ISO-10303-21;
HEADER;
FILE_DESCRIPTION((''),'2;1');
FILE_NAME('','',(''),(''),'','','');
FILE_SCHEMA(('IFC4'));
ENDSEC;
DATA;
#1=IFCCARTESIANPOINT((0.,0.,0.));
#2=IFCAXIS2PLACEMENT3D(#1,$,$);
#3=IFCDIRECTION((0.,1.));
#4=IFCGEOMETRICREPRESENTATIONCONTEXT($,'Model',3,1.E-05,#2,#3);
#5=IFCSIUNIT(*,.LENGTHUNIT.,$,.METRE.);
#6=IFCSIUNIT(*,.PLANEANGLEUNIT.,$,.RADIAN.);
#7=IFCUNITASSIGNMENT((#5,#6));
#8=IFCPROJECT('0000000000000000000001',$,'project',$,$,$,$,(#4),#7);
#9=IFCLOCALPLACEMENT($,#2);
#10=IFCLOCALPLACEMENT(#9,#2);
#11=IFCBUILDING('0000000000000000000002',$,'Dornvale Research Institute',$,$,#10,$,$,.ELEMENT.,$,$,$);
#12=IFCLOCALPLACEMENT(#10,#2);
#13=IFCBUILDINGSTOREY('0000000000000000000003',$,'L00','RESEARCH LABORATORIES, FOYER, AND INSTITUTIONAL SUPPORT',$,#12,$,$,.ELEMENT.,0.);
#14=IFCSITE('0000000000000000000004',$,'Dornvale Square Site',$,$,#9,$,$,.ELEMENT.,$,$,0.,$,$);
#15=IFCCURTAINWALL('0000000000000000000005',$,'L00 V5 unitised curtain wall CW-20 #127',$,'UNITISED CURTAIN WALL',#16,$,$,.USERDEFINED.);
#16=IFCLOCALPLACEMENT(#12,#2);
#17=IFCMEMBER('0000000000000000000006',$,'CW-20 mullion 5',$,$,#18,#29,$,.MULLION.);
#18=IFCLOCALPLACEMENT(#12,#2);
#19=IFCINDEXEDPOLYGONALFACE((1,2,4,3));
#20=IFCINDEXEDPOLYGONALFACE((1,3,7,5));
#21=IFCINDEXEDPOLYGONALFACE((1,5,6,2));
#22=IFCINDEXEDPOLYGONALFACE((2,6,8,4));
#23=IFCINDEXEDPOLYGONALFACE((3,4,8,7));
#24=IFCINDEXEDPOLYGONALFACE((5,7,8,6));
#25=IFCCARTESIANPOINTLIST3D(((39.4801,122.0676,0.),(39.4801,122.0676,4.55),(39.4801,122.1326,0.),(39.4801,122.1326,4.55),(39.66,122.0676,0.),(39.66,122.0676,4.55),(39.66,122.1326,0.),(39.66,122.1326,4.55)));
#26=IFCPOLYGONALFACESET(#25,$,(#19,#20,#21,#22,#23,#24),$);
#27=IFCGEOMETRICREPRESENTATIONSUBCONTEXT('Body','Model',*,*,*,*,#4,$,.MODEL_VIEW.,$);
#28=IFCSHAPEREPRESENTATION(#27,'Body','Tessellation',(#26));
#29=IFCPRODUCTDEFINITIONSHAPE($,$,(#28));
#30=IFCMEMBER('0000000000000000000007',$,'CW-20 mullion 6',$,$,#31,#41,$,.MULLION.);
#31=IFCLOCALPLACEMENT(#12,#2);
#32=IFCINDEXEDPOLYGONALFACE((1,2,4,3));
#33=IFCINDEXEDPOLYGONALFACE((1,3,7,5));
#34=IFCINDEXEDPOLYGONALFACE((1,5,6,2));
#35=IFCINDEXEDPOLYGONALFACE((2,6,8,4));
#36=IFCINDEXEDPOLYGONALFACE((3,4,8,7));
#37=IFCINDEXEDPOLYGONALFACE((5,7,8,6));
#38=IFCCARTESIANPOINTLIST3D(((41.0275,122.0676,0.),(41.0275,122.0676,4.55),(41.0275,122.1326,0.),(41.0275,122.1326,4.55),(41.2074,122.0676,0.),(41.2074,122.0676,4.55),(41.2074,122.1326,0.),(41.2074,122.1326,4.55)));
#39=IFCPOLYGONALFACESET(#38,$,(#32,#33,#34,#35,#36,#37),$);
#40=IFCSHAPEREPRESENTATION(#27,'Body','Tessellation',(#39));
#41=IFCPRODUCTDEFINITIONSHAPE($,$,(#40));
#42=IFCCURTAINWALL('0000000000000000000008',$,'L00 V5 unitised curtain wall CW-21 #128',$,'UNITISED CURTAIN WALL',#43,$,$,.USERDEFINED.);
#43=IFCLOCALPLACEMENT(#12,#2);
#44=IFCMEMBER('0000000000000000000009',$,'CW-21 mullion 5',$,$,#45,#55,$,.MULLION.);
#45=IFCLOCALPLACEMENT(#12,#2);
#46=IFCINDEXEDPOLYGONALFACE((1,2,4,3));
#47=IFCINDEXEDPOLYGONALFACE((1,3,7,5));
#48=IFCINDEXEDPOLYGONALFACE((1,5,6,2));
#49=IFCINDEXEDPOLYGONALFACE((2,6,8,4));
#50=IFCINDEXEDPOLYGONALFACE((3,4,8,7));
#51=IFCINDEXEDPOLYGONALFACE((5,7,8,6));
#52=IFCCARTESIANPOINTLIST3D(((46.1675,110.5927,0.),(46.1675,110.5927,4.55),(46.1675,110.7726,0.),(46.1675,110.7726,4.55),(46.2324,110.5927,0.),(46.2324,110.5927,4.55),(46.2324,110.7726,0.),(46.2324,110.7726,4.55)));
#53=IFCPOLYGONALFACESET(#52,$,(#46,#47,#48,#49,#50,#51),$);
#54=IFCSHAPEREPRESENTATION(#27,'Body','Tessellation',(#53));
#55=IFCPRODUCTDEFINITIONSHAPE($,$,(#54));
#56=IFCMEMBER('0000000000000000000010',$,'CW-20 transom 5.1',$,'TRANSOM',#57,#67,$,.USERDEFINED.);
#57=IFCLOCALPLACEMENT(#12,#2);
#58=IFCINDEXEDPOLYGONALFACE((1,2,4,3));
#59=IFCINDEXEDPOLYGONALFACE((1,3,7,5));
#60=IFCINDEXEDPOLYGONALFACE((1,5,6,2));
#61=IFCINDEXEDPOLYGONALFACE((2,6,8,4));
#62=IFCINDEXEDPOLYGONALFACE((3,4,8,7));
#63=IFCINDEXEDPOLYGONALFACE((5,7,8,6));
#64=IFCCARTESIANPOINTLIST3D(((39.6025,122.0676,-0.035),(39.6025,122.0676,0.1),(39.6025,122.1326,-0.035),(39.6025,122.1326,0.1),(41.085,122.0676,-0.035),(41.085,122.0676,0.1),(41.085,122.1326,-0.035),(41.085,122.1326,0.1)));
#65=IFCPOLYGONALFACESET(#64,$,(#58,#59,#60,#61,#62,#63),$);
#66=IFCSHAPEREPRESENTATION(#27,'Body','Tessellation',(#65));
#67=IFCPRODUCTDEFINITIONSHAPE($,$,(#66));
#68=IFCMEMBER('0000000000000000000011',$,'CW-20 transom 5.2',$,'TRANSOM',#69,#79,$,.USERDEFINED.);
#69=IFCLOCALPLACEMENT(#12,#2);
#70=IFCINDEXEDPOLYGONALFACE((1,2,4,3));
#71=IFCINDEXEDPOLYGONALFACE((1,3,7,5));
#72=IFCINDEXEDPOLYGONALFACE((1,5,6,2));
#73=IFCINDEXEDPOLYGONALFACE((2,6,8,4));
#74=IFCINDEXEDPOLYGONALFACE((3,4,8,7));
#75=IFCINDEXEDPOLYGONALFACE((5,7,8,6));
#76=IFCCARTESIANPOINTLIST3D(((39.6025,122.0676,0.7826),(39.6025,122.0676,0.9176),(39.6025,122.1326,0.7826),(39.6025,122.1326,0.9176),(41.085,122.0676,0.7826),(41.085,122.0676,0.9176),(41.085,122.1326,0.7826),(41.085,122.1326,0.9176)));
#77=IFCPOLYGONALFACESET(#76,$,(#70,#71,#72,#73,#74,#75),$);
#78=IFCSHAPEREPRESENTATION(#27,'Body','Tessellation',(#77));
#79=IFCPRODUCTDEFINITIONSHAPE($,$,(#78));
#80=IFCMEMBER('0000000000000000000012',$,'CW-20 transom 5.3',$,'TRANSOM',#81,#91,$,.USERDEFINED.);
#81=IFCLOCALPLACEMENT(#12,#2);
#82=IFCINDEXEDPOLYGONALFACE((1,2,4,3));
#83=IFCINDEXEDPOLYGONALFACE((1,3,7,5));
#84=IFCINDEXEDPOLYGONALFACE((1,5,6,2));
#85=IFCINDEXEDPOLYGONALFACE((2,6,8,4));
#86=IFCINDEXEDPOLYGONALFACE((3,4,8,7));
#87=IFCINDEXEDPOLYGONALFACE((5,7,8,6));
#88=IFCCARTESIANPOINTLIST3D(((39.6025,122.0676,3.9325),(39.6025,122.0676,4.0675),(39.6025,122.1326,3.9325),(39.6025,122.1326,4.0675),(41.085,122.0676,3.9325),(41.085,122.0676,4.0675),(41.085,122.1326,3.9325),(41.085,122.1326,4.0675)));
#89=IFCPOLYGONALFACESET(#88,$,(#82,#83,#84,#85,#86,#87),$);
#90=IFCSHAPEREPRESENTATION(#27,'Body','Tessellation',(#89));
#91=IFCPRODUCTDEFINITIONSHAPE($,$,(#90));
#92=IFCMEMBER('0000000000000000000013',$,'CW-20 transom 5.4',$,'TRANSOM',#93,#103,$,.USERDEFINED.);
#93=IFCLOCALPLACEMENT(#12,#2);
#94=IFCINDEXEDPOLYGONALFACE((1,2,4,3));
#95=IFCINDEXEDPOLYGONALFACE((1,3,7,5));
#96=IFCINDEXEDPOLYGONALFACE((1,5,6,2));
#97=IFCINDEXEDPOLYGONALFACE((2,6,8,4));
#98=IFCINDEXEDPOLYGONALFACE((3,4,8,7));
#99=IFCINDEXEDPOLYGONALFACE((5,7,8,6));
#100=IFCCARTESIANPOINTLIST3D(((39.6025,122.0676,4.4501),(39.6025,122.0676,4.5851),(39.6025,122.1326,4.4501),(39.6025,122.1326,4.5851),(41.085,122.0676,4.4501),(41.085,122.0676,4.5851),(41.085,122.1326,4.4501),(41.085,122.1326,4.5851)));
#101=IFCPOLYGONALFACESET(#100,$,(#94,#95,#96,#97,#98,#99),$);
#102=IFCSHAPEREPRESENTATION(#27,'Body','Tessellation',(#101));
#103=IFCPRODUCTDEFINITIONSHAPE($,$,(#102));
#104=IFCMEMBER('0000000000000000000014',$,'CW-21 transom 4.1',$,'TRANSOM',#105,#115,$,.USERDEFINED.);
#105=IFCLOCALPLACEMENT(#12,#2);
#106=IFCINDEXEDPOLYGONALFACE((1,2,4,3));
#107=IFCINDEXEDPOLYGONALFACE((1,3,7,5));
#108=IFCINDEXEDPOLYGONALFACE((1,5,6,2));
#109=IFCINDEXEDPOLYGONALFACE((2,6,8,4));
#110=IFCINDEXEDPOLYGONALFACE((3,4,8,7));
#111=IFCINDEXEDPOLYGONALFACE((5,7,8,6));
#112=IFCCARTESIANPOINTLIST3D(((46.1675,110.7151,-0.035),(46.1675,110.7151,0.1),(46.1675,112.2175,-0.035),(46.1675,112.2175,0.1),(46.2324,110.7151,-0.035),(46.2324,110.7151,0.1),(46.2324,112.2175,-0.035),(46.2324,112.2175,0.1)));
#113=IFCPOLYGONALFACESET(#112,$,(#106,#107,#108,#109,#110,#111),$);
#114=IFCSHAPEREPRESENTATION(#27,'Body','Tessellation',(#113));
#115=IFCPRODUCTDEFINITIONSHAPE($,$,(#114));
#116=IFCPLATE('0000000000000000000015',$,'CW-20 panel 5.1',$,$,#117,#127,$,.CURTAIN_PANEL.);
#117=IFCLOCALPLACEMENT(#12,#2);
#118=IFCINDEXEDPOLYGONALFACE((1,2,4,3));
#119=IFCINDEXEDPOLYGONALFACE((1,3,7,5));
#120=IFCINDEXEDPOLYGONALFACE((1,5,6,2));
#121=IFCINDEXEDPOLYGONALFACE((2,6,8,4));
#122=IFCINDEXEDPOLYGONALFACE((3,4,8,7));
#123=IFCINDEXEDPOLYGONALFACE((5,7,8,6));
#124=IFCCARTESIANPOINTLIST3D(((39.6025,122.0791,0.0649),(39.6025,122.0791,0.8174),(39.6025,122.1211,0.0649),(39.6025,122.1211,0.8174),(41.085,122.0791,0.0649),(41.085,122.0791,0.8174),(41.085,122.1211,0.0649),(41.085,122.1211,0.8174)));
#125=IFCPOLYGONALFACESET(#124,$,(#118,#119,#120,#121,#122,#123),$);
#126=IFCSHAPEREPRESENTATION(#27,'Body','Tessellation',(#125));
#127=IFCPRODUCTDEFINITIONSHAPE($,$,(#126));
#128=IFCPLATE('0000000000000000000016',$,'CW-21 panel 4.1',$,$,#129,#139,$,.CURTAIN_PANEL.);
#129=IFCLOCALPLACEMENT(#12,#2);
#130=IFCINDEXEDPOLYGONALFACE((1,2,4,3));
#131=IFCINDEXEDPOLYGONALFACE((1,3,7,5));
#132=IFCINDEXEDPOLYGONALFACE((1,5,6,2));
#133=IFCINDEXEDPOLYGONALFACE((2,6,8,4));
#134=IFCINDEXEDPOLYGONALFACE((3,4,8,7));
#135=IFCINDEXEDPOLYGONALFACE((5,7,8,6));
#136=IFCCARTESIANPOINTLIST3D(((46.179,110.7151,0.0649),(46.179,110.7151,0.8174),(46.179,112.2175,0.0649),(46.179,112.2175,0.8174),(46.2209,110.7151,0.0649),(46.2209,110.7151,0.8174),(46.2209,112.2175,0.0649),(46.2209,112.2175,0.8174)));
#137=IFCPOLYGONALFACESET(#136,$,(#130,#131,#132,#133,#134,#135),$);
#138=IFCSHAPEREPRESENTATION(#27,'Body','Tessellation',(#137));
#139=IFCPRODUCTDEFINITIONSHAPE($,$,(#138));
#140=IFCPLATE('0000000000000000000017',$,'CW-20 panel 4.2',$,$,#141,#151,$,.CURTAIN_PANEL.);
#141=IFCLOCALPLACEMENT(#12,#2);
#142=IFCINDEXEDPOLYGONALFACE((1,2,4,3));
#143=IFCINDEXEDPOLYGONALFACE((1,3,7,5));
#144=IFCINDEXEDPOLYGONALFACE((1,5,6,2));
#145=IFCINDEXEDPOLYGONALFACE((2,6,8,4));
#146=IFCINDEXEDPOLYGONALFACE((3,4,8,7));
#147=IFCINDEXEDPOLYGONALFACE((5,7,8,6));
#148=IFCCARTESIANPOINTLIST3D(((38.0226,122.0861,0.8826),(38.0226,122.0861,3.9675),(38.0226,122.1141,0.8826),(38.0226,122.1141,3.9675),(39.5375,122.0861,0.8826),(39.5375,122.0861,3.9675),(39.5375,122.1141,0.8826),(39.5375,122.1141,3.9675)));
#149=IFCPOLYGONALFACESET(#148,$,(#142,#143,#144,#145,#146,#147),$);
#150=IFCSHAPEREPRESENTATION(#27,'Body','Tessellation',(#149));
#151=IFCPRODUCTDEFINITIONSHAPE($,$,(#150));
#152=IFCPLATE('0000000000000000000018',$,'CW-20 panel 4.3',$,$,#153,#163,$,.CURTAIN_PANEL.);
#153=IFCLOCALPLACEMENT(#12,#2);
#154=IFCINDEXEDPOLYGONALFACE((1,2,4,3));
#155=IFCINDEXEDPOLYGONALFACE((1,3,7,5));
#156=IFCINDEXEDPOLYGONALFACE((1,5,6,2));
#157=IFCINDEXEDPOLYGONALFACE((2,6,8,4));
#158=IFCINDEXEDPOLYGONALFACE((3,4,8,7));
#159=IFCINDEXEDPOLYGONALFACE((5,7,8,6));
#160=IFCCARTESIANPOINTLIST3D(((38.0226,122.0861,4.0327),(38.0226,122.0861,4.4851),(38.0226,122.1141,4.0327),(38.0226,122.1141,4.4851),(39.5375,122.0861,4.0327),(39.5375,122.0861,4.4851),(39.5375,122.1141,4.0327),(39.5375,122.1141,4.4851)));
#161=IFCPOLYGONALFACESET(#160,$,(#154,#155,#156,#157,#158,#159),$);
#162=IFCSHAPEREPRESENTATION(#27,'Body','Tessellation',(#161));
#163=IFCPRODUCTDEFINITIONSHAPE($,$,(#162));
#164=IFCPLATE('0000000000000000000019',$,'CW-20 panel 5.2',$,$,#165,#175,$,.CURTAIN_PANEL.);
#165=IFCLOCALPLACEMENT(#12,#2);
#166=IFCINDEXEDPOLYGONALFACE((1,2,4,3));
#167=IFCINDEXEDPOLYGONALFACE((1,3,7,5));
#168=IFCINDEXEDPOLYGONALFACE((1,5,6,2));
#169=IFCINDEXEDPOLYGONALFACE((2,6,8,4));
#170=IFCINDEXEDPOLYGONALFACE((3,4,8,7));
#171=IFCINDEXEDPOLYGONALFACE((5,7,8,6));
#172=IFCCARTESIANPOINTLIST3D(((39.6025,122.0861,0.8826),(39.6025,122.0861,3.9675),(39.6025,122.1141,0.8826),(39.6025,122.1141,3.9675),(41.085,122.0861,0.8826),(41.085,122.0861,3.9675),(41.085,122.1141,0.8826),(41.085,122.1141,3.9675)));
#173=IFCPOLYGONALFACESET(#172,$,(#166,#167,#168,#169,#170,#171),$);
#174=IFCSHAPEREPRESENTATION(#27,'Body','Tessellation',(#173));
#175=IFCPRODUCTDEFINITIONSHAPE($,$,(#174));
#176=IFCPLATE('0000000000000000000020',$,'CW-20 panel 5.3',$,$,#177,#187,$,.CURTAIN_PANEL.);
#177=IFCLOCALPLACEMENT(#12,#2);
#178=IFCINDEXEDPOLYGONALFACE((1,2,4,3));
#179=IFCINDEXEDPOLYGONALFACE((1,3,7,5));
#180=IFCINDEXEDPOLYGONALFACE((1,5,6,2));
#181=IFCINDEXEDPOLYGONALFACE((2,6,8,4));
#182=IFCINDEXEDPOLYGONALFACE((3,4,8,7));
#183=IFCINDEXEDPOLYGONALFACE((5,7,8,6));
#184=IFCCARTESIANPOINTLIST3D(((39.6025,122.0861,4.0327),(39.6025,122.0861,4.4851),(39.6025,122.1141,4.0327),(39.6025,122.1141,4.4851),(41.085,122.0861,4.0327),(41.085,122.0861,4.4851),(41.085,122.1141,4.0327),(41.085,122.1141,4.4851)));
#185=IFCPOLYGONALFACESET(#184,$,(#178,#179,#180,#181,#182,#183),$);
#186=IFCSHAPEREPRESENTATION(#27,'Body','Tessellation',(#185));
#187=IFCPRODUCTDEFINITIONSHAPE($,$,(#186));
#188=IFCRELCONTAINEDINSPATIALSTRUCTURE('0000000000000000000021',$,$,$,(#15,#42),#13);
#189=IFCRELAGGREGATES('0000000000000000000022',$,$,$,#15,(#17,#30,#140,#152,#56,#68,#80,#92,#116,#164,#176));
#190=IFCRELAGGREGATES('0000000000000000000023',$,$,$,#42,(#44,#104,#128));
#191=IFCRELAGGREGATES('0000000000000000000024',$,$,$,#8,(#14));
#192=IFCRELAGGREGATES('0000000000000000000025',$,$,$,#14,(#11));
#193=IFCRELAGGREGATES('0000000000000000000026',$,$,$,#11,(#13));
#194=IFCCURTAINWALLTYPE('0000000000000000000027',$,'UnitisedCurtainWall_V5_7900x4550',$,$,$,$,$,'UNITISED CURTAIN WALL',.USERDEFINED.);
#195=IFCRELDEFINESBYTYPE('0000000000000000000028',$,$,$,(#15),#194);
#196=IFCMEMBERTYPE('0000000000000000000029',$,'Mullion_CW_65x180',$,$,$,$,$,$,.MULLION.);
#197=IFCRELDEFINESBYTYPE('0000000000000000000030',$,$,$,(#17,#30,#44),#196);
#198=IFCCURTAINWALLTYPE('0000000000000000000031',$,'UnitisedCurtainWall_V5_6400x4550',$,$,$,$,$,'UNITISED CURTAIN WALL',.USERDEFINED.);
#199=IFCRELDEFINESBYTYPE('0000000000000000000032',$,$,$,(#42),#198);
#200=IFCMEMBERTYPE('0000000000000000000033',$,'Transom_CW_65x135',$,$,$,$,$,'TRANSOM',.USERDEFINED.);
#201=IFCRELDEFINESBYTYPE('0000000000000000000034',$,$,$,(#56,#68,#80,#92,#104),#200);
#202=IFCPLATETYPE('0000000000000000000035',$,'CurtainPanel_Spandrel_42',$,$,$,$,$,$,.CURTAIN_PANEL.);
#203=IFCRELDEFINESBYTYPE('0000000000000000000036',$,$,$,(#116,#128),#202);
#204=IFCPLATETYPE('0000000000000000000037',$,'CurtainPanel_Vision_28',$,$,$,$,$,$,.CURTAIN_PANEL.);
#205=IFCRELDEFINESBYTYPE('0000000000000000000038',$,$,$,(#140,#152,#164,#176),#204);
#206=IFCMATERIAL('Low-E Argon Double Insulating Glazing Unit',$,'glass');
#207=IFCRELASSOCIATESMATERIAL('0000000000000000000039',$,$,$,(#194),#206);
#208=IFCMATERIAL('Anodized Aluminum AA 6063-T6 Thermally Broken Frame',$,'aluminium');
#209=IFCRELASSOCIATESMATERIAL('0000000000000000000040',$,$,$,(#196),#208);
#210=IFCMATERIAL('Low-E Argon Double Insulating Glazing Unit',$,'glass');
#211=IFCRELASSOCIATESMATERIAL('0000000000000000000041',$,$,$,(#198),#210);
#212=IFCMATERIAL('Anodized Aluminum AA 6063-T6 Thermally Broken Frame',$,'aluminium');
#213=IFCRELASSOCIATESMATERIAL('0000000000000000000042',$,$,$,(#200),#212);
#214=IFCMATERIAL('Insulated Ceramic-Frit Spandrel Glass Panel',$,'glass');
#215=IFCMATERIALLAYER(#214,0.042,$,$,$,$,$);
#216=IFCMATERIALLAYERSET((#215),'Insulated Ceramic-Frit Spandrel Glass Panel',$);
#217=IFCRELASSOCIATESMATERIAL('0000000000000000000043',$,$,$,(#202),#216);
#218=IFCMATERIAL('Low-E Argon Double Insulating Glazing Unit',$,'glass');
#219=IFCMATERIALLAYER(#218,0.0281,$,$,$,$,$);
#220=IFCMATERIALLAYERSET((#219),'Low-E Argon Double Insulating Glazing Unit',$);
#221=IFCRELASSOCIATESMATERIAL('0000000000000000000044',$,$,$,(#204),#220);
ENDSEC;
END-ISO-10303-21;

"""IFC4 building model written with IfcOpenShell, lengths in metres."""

from ifc_helpers import new_model, si_unit, direction, frame, origin, origin_2d, place, context, subcontext, project, spatial, rectangle, extrude, material, layer, layer_set, material_profile, profile_set, type_object, element, aggregate, save


model = new_model("IFC4")

# Units and contexts
model_context = context("Model", 3, precision=1e-05, world=origin(), true_north=direction((0.0, 1.0)))
body_context = subcontext(model_context, "Body", "Model", "MODEL_VIEW")
ifc_project = project(units=[si_unit("LENGTHUNIT", "METRE"), si_unit("PLANEANGLEUNIT", "RADIAN")], contexts=[model_context])

# Site, building, storey
site_placement = place(None, origin())
site = spatial("IfcSite", under=ifc_project, at=site_placement, Name="Dornvale Square Site", CompositionType="ELEMENT", RefElevation=0.0)
building_placement = place(site_placement, origin())
building = spatial("IfcBuilding", under=site, at=building_placement, Name="Dornvale Research Institute", CompositionType="ELEMENT")
storey_placement = place(building_placement, origin())
storey = spatial("IfcBuildingStorey", under=building, at=storey_placement, Name="L00", Description="RESEARCH LABORATORIES, FOYER, AND INSTITUTIONAL SUPPORT", CompositionType="ELEMENT", Elevation=0.0)

# Curtain wall, members
ifc_material_1 = material(Name="Low-E Argon Double Insulating Glazing Unit", Category="glass")
curtain_wall_type_1 = type_object("IfcCurtainWallType", Name="UnitisedCurtainWall_V5_7900x4550", ElementType="UNITISED CURTAIN WALL", PredefinedType="USERDEFINED", material=ifc_material_1)
curtain_wall_1_placement = place(storey_placement, origin())
curtain_wall_1 = element("IfcCurtainWall", 1, at=curtain_wall_1_placement, inside=storey, type_object=curtain_wall_type_1, Name="L00 V5 unitised curtain wall CW-20 #127", ObjectType="UNITISED CURTAIN WALL", PredefinedType="USERDEFINED")
ifc_material_2 = material(Name="Anodized Aluminum AA 6063-T6 Thermally Broken Frame", Category="aluminium")
ifc_material_profile_1 = material_profile(ifc_material_2, rectangle(XDim=0.0649, YDim=0.1799, at=origin_2d()), Name="ALU MULLION 65x180")
ifc_profile_set_1 = profile_set([ifc_material_profile_1], Name="Anodized Aluminum AA 6063-T6 Thermally Broken Frame")
member_type_1 = type_object("IfcMemberType", Name="Mullion_CW_65x180", PredefinedType="MULLION", material=ifc_profile_set_1)
member_1_placement = place(storey_placement, frame((39.5701, 122.1001, 0.0), z_axis=(0.0, 0.0, 1.0), x_axis=(0.0, 1.0, 0.0)))
member_1 = element("IfcMember", 2, at=member_1_placement, type_object=member_type_1, Name="CW-20 mullion 5", PredefinedType="MULLION", context=body_context, shape_type="SweptSolid", body=[
    extrude(rectangle(XDim=0.0649, YDim=0.1799, at=origin_2d()), origin(), (0.0, 0.0, 1.0), 4.55),
])
member_2_placement = place(storey_placement, frame((41.1174, 122.1001, 0.0), z_axis=(0.0, 0.0, 1.0), x_axis=(0.0, 1.0, 0.0)))
member_2 = element("IfcMember", 3, at=member_2_placement, type_object=member_type_1, Name="CW-20 mullion 6", PredefinedType="MULLION", context=body_context, shape_type="SweptSolid", body=[
    extrude(rectangle(XDim=0.0649, YDim=0.1799, at=origin_2d()), origin(), (0.0, 0.0, 1.0), 4.55),
])

# Curtain wall, member
ifc_material_3 = material(Name="Low-E Argon Double Insulating Glazing Unit", Category="glass")
curtain_wall_type_2 = type_object("IfcCurtainWallType", Name="UnitisedCurtainWall_V5_6400x4550", ElementType="UNITISED CURTAIN WALL", PredefinedType="USERDEFINED", material=ifc_material_3)
curtain_wall_2_placement = place(storey_placement, origin())
curtain_wall_2 = element("IfcCurtainWall", 4, at=curtain_wall_2_placement, inside=storey, type_object=curtain_wall_type_2, Name="L00 V5 unitised curtain wall CW-21 #128", ObjectType="UNITISED CURTAIN WALL", PredefinedType="USERDEFINED")
member_3_placement = place(storey_placement, frame((46.2, 110.6826, 0.0), z_axis=(0.0, 0.0, 1.0), x_axis=(1.0, 0.0, 0.0)))
member_3 = element("IfcMember", 5, at=member_3_placement, type_object=member_type_1, Name="CW-21 mullion 5", PredefinedType="MULLION", context=body_context, shape_type="SweptSolid", body=[
    extrude(rectangle(XDim=0.0649, YDim=0.1799, at=origin_2d()), origin(), (0.0, 0.0, 1.0), 4.55),
])

# Members
ifc_material_4 = material(Name="Anodized Aluminum AA 6063-T6 Thermally Broken Frame", Category="aluminium")
ifc_material_profile_2 = material_profile(ifc_material_4, rectangle(XDim=0.0649, YDim=0.135, at=origin_2d()), Name="ALU TRANSOM 65x135")
ifc_profile_set_2 = profile_set([ifc_material_profile_2], Name="Anodized Aluminum AA 6063-T6 Thermally Broken Frame")
member_type_2 = type_object("IfcMemberType", Name="Transom_CW_65x135", ElementType="TRANSOM", PredefinedType="USERDEFINED", material=ifc_profile_set_2)
member_4_placement = place(storey_placement, frame((39.6025, 122.1001, 0.0325), z_axis=(1.0, 0.0, 0.0), x_axis=(0.0, 1.0, 0.0)))
member_4 = element("IfcMember", 6, at=member_4_placement, type_object=member_type_2, Name="CW-20 transom 5.1", ObjectType="TRANSOM", PredefinedType="USERDEFINED", context=body_context, shape_type="SweptSolid", body=[
    extrude(rectangle(XDim=0.0649, YDim=0.135, at=origin_2d()), origin(), (0.0, 0.0, 1.0), 1.4824),
])
member_5_placement = place(storey_placement, frame((39.6025, 122.1001, 0.8501), z_axis=(1.0, 0.0, 0.0), x_axis=(0.0, 1.0, 0.0)))
member_5 = element("IfcMember", 7, at=member_5_placement, type_object=member_type_2, Name="CW-20 transom 5.2", ObjectType="TRANSOM", PredefinedType="USERDEFINED", context=body_context, shape_type="SweptSolid", body=[
    extrude(rectangle(XDim=0.0649, YDim=0.135, at=origin_2d()), origin(), (0.0, 0.0, 1.0), 1.4824),
])
member_6_placement = place(storey_placement, frame((39.6025, 122.1001, 4.0), z_axis=(1.0, 0.0, 0.0), x_axis=(0.0, 1.0, 0.0)))
member_6 = element("IfcMember", 8, at=member_6_placement, type_object=member_type_2, Name="CW-20 transom 5.3", ObjectType="TRANSOM", PredefinedType="USERDEFINED", context=body_context, shape_type="SweptSolid", body=[
    extrude(rectangle(XDim=0.0649, YDim=0.135, at=origin_2d()), origin(), (0.0, 0.0, 1.0), 1.4824),
])
member_7_placement = place(storey_placement, frame((39.6025, 122.1001, 4.5176), z_axis=(1.0, 0.0, 0.0), x_axis=(0.0, 1.0, 0.0)))
member_7 = element("IfcMember", 9, at=member_7_placement, type_object=member_type_2, Name="CW-20 transom 5.4", ObjectType="TRANSOM", PredefinedType="USERDEFINED", context=body_context, shape_type="SweptSolid", body=[
    extrude(rectangle(XDim=0.0649, YDim=0.135, at=origin_2d()), origin(), (0.0, 0.0, 1.0), 1.4824),
])
member_8_placement = place(storey_placement, frame((46.2, 112.2175, 0.0325), z_axis=(0.0, -1.0, 0.0), x_axis=(1.0, 0.0, 0.0)))
member_8 = element("IfcMember", 10, at=member_8_placement, type_object=member_type_2, Name="CW-21 transom 4.1", ObjectType="TRANSOM", PredefinedType="USERDEFINED", context=body_context, shape_type="SweptSolid", body=[
    extrude(rectangle(XDim=0.0649, YDim=0.135, at=origin_2d()), origin(), (0.0, 0.0, 1.0), 1.5024),
])

# Plates
ifc_material_5 = material(Name="Insulated Ceramic-Frit Spandrel Glass Panel", Category="glass")
ifc_layer_1 = layer(ifc_material_5, 0.042)
ifc_layer_set_1 = layer_set([ifc_layer_1], Name="Insulated Ceramic-Frit Spandrel Glass Panel")
plate_type_1 = type_object("IfcPlateType", Name="CurtainPanel_Spandrel_42", PredefinedType="CURTAIN_PANEL", material=ifc_layer_set_1)
plate_1_placement = place(storey_placement, frame((40.3438, 122.1001, 0.0649), z_axis=(0.0, 0.0, 1.0), x_axis=(1.0, 0.0, 0.0)))
plate_1 = element("IfcPlate", 11, at=plate_1_placement, type_object=plate_type_1, Name="CW-20 panel 5.1", PredefinedType="CURTAIN_PANEL", context=body_context, shape_type="SweptSolid", body=[
    extrude(rectangle(XDim=1.4824, YDim=0.042, at=origin_2d()), origin(), (0.0, 0.0, 1.0), 0.7524),
])
plate_2_placement = place(storey_placement, frame((46.2, 111.4663, 0.0649), z_axis=(0.0, 0.0, 1.0), x_axis=(0.0, -1.0, 0.0)))
plate_2 = element("IfcPlate", 12, at=plate_2_placement, type_object=plate_type_1, Name="CW-21 panel 4.1", PredefinedType="CURTAIN_PANEL", context=body_context, shape_type="SweptSolid", body=[
    extrude(rectangle(XDim=1.5024, YDim=0.042, at=origin_2d()), origin(), (0.0, 0.0, 1.0), 0.7524),
])
ifc_material_6 = material(Name="Low-E Argon Double Insulating Glazing Unit", Category="glass")
ifc_layer_2 = layer(ifc_material_6, 0.0281)
ifc_layer_set_2 = layer_set([ifc_layer_2], Name="Low-E Argon Double Insulating Glazing Unit")
plate_type_2 = type_object("IfcPlateType", Name="CurtainPanel_Vision_28", PredefinedType="CURTAIN_PANEL", material=ifc_layer_set_2)
plate_3_placement = place(storey_placement, frame((38.78, 122.1001, 0.8826), z_axis=(0.0, 0.0, 1.0), x_axis=(1.0, 0.0, 0.0)))
plate_3 = element("IfcPlate", 13, at=plate_3_placement, type_object=plate_type_2, Name="CW-20 panel 4.2", PredefinedType="CURTAIN_PANEL", context=body_context, shape_type="SweptSolid", body=[
    extrude(rectangle(XDim=1.5149, YDim=0.0281, at=origin_2d()), origin(), (0.0, 0.0, 1.0), 3.085),
])
plate_4_placement = place(storey_placement, frame((38.78, 122.1001, 4.0327), z_axis=(0.0, 0.0, 1.0), x_axis=(1.0, 0.0, 0.0)))
plate_4 = element("IfcPlate", 14, at=plate_4_placement, type_object=plate_type_2, Name="CW-20 panel 4.3", PredefinedType="CURTAIN_PANEL", context=body_context, shape_type="SweptSolid", body=[
    extrude(rectangle(XDim=1.5149, YDim=0.0281, at=origin_2d()), origin(), (0.0, 0.0, 1.0), 0.4524),
])
plate_5_placement = place(storey_placement, frame((40.3438, 122.1001, 0.8826), z_axis=(0.0, 0.0, 1.0), x_axis=(1.0, 0.0, 0.0)))
plate_5 = element("IfcPlate", 15, at=plate_5_placement, type_object=plate_type_2, Name="CW-20 panel 5.2", PredefinedType="CURTAIN_PANEL", context=body_context, shape_type="SweptSolid", body=[
    extrude(rectangle(XDim=1.4824, YDim=0.0281, at=origin_2d()), origin(), (0.0, 0.0, 1.0), 3.085),
])
plate_6_placement = place(storey_placement, frame((40.3438, 122.1001, 4.0327), z_axis=(0.0, 0.0, 1.0), x_axis=(1.0, 0.0, 0.0)))
plate_6 = element("IfcPlate", 16, at=plate_6_placement, type_object=plate_type_2, Name="CW-20 panel 5.3", PredefinedType="CURTAIN_PANEL", context=body_context, shape_type="SweptSolid", body=[
    extrude(rectangle(XDim=1.4824, YDim=0.0281, at=origin_2d()), origin(), (0.0, 0.0, 1.0), 0.4524),
])
aggregate(curtain_wall_1, [member_1, member_2, plate_3, plate_4, member_4, member_5, member_6, member_7, plate_1, plate_5, plate_6])
aggregate(curtain_wall_2, [member_3, member_8, plate_2])

save(model, "model.ifc")
